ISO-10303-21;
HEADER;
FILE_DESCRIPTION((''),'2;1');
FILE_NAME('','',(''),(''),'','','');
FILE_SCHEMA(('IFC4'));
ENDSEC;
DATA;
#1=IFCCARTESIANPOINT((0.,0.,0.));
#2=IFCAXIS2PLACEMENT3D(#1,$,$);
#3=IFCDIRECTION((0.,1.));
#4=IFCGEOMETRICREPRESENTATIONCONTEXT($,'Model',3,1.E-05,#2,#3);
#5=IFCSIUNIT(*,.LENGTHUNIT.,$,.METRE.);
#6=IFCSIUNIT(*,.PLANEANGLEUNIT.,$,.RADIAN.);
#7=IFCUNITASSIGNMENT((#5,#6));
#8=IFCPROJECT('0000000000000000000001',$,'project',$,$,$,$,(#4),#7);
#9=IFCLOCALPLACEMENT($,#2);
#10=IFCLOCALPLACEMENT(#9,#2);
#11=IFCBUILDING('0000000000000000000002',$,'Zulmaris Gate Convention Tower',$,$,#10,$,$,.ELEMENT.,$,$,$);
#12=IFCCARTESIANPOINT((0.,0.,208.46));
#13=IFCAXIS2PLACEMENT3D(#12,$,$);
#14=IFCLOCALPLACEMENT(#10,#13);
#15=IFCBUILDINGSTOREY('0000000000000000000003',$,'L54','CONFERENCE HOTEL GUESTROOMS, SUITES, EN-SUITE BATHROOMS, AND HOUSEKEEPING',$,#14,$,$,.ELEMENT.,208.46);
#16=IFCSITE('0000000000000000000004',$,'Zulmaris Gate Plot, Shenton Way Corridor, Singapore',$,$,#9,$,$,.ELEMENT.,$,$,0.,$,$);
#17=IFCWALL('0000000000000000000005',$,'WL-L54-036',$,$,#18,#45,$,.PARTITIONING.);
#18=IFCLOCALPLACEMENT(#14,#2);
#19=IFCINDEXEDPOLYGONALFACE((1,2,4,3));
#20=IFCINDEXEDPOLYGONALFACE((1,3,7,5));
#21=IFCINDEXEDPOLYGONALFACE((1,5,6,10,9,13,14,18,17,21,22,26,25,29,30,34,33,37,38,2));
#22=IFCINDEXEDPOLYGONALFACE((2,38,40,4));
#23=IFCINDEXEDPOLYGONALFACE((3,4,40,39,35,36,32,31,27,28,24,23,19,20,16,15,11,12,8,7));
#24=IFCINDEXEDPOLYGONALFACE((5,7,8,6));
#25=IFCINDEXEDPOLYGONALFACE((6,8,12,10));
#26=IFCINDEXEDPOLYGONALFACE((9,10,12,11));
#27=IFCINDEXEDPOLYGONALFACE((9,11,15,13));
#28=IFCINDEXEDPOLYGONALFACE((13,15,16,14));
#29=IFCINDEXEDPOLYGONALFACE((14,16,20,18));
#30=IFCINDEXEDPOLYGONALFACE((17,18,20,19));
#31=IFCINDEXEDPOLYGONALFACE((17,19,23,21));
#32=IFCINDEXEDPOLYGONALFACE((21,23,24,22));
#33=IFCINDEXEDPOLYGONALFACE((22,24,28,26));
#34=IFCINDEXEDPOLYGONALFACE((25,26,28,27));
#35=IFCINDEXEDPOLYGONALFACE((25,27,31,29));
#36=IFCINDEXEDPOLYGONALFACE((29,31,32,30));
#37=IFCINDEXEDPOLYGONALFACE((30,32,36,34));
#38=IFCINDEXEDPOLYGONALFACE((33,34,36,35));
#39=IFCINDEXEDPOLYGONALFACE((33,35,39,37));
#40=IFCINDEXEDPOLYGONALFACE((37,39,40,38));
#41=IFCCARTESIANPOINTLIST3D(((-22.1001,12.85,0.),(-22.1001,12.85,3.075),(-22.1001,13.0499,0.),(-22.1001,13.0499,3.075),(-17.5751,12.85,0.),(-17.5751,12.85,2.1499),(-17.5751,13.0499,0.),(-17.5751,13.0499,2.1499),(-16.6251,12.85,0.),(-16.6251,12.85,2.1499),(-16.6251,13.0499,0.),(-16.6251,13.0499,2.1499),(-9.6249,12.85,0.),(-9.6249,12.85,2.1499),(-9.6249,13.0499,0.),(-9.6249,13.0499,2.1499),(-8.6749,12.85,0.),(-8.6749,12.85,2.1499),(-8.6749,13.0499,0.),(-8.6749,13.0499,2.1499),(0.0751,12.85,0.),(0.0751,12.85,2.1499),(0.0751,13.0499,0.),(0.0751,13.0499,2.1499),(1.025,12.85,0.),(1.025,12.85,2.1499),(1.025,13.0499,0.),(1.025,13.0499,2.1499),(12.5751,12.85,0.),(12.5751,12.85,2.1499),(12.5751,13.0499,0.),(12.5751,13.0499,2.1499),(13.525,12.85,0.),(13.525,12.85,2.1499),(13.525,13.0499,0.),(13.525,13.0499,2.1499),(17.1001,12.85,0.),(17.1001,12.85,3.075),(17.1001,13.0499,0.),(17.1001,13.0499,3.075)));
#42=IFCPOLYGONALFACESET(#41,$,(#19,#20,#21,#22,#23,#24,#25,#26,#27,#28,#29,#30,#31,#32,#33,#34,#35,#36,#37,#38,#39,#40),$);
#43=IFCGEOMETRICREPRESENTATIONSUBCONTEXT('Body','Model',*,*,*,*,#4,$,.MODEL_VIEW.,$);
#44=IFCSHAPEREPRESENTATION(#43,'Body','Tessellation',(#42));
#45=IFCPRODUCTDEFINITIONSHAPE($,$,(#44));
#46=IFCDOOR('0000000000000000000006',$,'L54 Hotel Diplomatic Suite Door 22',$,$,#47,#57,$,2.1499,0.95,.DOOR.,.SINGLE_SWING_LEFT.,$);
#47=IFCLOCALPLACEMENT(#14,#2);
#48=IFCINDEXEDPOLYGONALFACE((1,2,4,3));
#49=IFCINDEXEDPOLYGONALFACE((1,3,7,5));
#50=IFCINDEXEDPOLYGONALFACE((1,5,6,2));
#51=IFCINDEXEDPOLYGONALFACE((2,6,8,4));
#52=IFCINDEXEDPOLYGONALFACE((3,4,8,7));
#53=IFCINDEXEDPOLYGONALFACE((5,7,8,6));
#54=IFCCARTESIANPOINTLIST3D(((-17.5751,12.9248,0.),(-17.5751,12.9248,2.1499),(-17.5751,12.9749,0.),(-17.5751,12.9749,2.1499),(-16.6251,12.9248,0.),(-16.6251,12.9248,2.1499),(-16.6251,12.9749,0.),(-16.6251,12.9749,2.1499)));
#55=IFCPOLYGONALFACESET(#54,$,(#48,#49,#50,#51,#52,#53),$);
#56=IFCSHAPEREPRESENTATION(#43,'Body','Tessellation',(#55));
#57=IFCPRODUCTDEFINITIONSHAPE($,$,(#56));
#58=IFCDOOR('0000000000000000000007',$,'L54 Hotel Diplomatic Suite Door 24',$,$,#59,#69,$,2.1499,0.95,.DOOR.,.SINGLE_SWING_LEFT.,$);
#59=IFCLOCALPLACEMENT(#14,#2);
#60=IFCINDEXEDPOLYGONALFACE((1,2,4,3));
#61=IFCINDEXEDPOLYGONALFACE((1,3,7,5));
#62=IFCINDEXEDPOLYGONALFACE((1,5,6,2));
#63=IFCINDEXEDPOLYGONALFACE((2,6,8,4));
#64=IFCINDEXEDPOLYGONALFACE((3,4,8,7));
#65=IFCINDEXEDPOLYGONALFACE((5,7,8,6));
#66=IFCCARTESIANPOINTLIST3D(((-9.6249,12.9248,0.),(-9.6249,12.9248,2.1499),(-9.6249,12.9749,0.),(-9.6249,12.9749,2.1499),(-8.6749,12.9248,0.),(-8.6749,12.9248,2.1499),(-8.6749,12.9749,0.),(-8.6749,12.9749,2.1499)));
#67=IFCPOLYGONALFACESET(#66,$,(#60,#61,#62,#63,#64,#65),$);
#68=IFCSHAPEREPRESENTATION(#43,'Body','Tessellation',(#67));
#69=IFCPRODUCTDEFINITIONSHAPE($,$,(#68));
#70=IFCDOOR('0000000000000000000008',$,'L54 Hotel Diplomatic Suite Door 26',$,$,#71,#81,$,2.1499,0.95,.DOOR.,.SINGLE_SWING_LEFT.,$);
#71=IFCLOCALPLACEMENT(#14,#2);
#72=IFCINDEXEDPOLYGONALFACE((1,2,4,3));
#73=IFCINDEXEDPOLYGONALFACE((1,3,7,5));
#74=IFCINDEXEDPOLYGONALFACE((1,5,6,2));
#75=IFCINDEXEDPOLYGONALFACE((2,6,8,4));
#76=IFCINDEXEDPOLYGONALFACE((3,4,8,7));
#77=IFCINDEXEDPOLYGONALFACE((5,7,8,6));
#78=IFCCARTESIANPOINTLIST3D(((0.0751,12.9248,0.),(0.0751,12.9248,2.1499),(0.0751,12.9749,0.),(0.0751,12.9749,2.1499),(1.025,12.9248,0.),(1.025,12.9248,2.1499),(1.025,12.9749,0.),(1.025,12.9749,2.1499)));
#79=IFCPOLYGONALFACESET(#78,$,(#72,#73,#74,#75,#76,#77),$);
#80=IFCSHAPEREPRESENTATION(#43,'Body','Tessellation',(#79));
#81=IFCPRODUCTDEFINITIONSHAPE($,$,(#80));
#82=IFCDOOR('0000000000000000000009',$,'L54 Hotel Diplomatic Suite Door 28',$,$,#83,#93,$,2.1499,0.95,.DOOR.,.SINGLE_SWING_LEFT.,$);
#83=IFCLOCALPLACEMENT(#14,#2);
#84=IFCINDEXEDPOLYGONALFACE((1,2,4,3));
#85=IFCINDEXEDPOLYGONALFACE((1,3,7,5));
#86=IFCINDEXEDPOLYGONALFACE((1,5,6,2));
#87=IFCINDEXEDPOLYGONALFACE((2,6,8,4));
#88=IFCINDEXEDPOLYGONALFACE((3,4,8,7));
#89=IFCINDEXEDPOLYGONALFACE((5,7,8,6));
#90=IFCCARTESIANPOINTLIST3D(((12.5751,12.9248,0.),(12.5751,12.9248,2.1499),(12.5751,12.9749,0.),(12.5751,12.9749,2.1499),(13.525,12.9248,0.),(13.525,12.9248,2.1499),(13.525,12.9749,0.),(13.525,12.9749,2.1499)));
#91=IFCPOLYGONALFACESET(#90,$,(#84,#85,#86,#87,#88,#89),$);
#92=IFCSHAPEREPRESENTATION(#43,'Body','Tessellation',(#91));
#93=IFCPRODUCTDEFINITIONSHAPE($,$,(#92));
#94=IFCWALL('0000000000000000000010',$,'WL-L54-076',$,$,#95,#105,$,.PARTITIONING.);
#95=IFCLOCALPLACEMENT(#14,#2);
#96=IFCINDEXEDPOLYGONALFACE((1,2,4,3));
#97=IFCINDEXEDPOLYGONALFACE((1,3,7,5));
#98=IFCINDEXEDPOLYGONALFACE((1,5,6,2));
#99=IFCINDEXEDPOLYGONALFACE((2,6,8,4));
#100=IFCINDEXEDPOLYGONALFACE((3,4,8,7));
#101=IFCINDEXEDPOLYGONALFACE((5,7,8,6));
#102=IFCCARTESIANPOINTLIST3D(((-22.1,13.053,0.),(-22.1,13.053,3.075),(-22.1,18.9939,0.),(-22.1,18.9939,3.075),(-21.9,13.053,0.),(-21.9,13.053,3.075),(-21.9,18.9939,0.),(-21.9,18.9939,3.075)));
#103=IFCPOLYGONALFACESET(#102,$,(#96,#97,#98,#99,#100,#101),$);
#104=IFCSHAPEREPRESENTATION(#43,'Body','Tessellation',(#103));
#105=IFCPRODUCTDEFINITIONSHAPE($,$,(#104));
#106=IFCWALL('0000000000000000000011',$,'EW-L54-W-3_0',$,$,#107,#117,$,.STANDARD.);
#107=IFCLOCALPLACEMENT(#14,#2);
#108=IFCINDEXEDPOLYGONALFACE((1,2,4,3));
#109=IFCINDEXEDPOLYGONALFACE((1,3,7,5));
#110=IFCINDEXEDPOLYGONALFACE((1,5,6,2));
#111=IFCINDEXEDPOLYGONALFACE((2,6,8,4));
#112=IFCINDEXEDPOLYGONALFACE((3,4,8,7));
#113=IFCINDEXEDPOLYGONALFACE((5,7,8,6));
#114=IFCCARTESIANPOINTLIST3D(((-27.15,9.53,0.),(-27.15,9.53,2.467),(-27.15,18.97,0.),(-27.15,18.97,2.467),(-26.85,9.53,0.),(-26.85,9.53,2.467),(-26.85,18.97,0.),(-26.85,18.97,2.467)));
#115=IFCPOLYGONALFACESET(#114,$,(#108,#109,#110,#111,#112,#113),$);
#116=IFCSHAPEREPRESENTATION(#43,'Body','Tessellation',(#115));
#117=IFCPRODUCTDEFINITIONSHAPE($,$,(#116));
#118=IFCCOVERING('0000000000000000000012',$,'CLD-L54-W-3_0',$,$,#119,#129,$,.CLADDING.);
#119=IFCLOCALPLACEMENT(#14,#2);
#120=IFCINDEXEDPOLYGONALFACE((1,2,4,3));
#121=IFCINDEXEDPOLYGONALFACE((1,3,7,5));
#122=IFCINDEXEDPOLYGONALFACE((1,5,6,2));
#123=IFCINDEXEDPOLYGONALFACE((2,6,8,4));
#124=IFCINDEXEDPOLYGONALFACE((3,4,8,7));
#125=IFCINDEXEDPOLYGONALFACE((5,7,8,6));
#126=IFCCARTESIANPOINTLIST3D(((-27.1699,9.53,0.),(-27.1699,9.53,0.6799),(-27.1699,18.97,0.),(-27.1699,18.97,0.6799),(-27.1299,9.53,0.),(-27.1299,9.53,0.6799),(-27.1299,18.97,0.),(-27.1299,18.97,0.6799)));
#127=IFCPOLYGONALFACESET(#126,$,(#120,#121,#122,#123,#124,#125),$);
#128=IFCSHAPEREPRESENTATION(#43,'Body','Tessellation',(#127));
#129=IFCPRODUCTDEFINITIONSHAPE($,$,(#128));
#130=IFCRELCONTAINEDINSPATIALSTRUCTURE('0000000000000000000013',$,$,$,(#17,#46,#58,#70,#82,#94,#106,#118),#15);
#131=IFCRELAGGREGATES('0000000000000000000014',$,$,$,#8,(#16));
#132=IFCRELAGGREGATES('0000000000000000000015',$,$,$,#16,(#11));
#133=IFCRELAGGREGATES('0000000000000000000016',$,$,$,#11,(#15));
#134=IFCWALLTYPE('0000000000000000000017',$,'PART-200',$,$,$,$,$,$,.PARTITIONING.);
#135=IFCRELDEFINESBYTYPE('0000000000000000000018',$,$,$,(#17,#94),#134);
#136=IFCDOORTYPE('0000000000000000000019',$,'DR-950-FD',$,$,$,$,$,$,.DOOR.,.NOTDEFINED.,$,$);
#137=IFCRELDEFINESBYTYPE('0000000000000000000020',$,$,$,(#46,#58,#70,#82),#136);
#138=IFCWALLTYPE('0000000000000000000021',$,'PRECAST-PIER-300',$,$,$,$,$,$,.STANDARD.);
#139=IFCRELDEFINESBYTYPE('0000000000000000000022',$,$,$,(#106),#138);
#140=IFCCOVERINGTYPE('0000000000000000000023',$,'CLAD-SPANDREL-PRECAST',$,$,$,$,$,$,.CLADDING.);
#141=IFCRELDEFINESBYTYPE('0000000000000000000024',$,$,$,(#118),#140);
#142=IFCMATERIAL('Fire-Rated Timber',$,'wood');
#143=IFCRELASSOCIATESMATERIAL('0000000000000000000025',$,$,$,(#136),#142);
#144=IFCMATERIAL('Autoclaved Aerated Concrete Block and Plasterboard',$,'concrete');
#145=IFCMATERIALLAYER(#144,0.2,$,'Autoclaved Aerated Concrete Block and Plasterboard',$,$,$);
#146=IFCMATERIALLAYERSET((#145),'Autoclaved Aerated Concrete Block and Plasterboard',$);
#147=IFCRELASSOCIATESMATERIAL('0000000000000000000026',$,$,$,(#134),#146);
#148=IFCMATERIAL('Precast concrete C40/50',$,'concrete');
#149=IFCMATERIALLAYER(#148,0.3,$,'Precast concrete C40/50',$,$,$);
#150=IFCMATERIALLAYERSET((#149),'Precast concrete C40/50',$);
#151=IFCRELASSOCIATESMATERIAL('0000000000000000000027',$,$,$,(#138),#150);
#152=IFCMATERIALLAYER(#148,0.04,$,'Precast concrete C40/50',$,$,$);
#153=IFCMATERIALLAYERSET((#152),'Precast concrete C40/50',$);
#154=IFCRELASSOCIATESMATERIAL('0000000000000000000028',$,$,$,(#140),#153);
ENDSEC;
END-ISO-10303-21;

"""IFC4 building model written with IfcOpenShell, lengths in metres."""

from ifc_helpers import new_model, si_unit, direction, frame, frame_2d, origin, place, context, subcontext, project, spatial, rectangle, extrude, material, layer, layer_set, type_object, element, fill, save


model = new_model("IFC4")

# Units and contexts
model_context = context("Model", 3, precision=1e-05, world=origin(), true_north=direction((0.0, 1.0)))
body_context = subcontext(model_context, "Body", "Model", "MODEL_VIEW")
ifc_project = project(units=[si_unit("LENGTHUNIT", "METRE"), si_unit("PLANEANGLEUNIT", "RADIAN")], contexts=[model_context])

# Site, building, storey
site_placement = place(None, origin())
site = spatial("IfcSite", under=ifc_project, at=site_placement, Name="Zulmaris Gate Plot, Shenton Way Corridor, Singapore", CompositionType="ELEMENT", RefElevation=0.0)
building_placement = place(site_placement, origin())
building = spatial("IfcBuilding", under=site, at=building_placement, Name="Zulmaris Gate Convention Tower", CompositionType="ELEMENT")
storey_placement = place(building_placement, frame((0.0, 0.0, 208.46)))
storey = spatial("IfcBuildingStorey", under=building, at=storey_placement, Name="L54", Description="CONFERENCE HOTEL GUESTROOMS, SUITES, EN-SUITE BATHROOMS, AND HOUSEKEEPING", CompositionType="ELEMENT", Elevation=208.46)

# Shared definitions
ifc_material_1 = material(Name="Fire-Rated Timber", Category="wood")
door_type_1 = type_object("IfcDoorType", Name="DR-950-FD", OperationType="NOTDEFINED", PredefinedType="DOOR", material=ifc_material_1)
ifc_material_2 = material(Name="Autoclaved Aerated Concrete Block and Plasterboard", Category="concrete")
ifc_layer_1 = layer(ifc_material_2, 0.2, Name="Autoclaved Aerated Concrete Block and Plasterboard")
ifc_layer_set_1 = layer_set([ifc_layer_1], Name="Autoclaved Aerated Concrete Block and Plasterboard")
wall_type_1 = type_object("IfcWallType", Name="PART-200", PredefinedType="PARTITIONING", material=ifc_layer_set_1)

# Wall, openings, doors
wall_1_placement = place(storey_placement, frame((-22.1001, 12.95, 0.0), z_axis=(0.0, 0.0, 1.0), x_axis=(1.0, 0.0, 0.0)))
wall_1 = element("IfcWall", 1, at=wall_1_placement, inside=storey, type_object=wall_type_1, Name="WL-L54-036", PredefinedType="PARTITIONING", context=body_context, shape_type="SweptSolid", body=[
    extrude(rectangle(XDim=39.2002, YDim=0.2, at=frame_2d((19.6001, 0.0))), origin(), (0.0, 0.0, 1.0), 3.075),
])
opening_1_placement = place(wall_1_placement, frame((4.5249, 0.0, 0.0)))
opening_1 = element("IfcOpeningElement", 2, at=opening_1_placement, cuts=wall_1, PredefinedType="OPENING", context=body_context, shape_type="SweptSolid", body=[
    extrude(rectangle(XDim=0.95, YDim=2.1499, at=frame_2d((0.4751, 1.075))), frame((0.0, 0.1099, 0.0), z_axis=(0.0, -1.0, 0.0), x_axis=(1.0, 0.0, 0.0)), (0.0, 0.0, 1.0), 0.22),
])
opening_2_placement = place(wall_1_placement, frame((12.4751, 0.0, 0.0)))
opening_2 = element("IfcOpeningElement", 3, at=opening_2_placement, cuts=wall_1, PredefinedType="OPENING", context=body_context, shape_type="SweptSolid", body=[
    extrude(rectangle(XDim=0.95, YDim=2.1499, at=frame_2d((0.4751, 1.075))), frame((0.0, 0.1099, 0.0), z_axis=(0.0, -1.0, 0.0), x_axis=(1.0, 0.0, 0.0)), (0.0, 0.0, 1.0), 0.22),
])
opening_3_placement = place(wall_1_placement, frame((22.175, 0.0, 0.0)))
opening_3 = element("IfcOpeningElement", 4, at=opening_3_placement, cuts=wall_1, PredefinedType="OPENING", context=body_context, shape_type="SweptSolid", body=[
    extrude(rectangle(XDim=0.95, YDim=2.1499, at=frame_2d((0.4751, 1.075))), frame((0.0, 0.1099, 0.0), z_axis=(0.0, -1.0, 0.0), x_axis=(1.0, 0.0, 0.0)), (0.0, 0.0, 1.0), 0.22),
])
opening_4_placement = place(wall_1_placement, frame((34.675, 0.0, 0.0)))
opening_4 = element("IfcOpeningElement", 5, at=opening_4_placement, cuts=wall_1, PredefinedType="OPENING", context=body_context, shape_type="SweptSolid", body=[
    extrude(rectangle(XDim=0.95, YDim=2.1499, at=frame_2d((0.4751, 1.075))), frame((0.0, 0.1099, 0.0), z_axis=(0.0, -1.0, 0.0), x_axis=(1.0, 0.0, 0.0)), (0.0, 0.0, 1.0), 0.22),
])
door_1_placement = place(opening_1_placement, origin())
door_1 = element("IfcDoor", 6, at=door_1_placement, inside=storey, type_object=door_type_1, Name="L54 Hotel Diplomatic Suite Door 22", OperationType="SINGLE_SWING_LEFT", OverallHeight=2.1499, OverallWidth=0.95, PredefinedType="DOOR", context=body_context, shape_type="SweptSolid", body=[
    extrude(rectangle(XDim=0.95, YDim=2.1499, at=frame_2d((0.4751, 1.075))), frame((0.0, 0.0249, 0.0), z_axis=(0.0, -1.0, 0.0), x_axis=(1.0, 0.0, 0.0)), (0.0, 0.0, 1.0), 0.05),
])
fill(opening_1, door_1)
door_2_placement = place(opening_2_placement, origin())
door_2 = element("IfcDoor", 7, at=door_2_placement, inside=storey, type_object=door_type_1, Name="L54 Hotel Diplomatic Suite Door 24", OperationType="SINGLE_SWING_LEFT", OverallHeight=2.1499, OverallWidth=0.95, PredefinedType="DOOR", context=body_context, shape_type="SweptSolid", body=[
    extrude(rectangle(XDim=0.95, YDim=2.1499, at=frame_2d((0.4751, 1.075))), frame((0.0, 0.0249, 0.0), z_axis=(0.0, -1.0, 0.0), x_axis=(1.0, 0.0, 0.0)), (0.0, 0.0, 1.0), 0.05),
])
fill(opening_2, door_2)
door_3_placement = place(opening_3_placement, origin())
door_3 = element("IfcDoor", 8, at=door_3_placement, inside=storey, type_object=door_type_1, Name="L54 Hotel Diplomatic Suite Door 26", OperationType="SINGLE_SWING_LEFT", OverallHeight=2.1499, OverallWidth=0.95, PredefinedType="DOOR", context=body_context, shape_type="SweptSolid", body=[
    extrude(rectangle(XDim=0.95, YDim=2.1499, at=frame_2d((0.4751, 1.075))), frame((0.0, 0.0249, 0.0), z_axis=(0.0, -1.0, 0.0), x_axis=(1.0, 0.0, 0.0)), (0.0, 0.0, 1.0), 0.05),
])
fill(opening_3, door_3)
door_4_placement = place(opening_4_placement, origin())
door_4 = element("IfcDoor", 9, at=door_4_placement, inside=storey, type_object=door_type_1, Name="L54 Hotel Diplomatic Suite Door 28", OperationType="SINGLE_SWING_LEFT", OverallHeight=2.1499, OverallWidth=0.95, PredefinedType="DOOR", context=body_context, shape_type="SweptSolid", body=[
    extrude(rectangle(XDim=0.95, YDim=2.1499, at=frame_2d((0.4751, 1.075))), frame((0.0, 0.0249, 0.0), z_axis=(0.0, -1.0, 0.0), x_axis=(1.0, 0.0, 0.0)), (0.0, 0.0, 1.0), 0.05),
])
fill(opening_4, door_4)

# Walls
wall_2_placement = place(storey_placement, frame((-22.0, 13.053, 0.0), z_axis=(0.0, 0.0, 1.0), x_axis=(0.0, 1.0, 0.0)))
element("IfcWall", 10, at=wall_2_placement, inside=storey, type_object=wall_type_1, Name="WL-L54-076", PredefinedType="PARTITIONING", context=body_context, shape_type="SweptSolid", body=[
    extrude(rectangle(XDim=5.9409, YDim=0.2, at=frame_2d((2.9705, 0.0))), origin(), (0.0, 0.0, 1.0), 3.075),
])
ifc_material_3 = material(Name="Precast concrete C40/50", Category="concrete")
ifc_layer_2 = layer(ifc_material_3, 0.3, Name="Precast concrete C40/50")
ifc_layer_set_2 = layer_set([ifc_layer_2], Name="Precast concrete C40/50")
wall_type_2 = type_object("IfcWallType", Name="PRECAST-PIER-300", PredefinedType="STANDARD", material=ifc_layer_set_2)
wall_3_placement = place(storey_placement, frame((-27.0, 18.97, 0.0), z_axis=(0.0, 0.0, 1.0), x_axis=(0.0, -1.0, 0.0)))
element("IfcWall", 11, at=wall_3_placement, inside=storey, type_object=wall_type_2, Name="EW-L54-W-3_0", PredefinedType="STANDARD", context=body_context, shape_type="SweptSolid", body=[
    extrude(rectangle(XDim=9.4399, YDim=0.3, at=frame_2d((4.72, 0.0))), origin(), (0.0, 0.0, 1.0), 2.467),
])

# Covering
ifc_layer_3 = layer(ifc_material_3, 0.04, Name="Precast concrete C40/50")
ifc_layer_set_3 = layer_set([ifc_layer_3], Name="Precast concrete C40/50")
covering_type = type_object("IfcCoveringType", Name="CLAD-SPANDREL-PRECAST", PredefinedType="CLADDING", material=ifc_layer_set_3)
covering_placement = place(storey_placement, frame((-27.1499, 18.97, 0.0), z_axis=(0.0, 0.0, 1.0), x_axis=(0.0, -1.0, 0.0)))
element("IfcCovering", 12, at=covering_placement, inside=storey, type_object=covering_type, Name="CLD-L54-W-3_0", PredefinedType="CLADDING", context=body_context, shape_type="SweptSolid", body=[
    extrude(rectangle(XDim=9.4399, YDim=0.04, at=frame_2d((4.72, 0.0))), origin(), (0.0, 0.0, 1.0), 0.6799),
])

save(model, "model.ifc")
